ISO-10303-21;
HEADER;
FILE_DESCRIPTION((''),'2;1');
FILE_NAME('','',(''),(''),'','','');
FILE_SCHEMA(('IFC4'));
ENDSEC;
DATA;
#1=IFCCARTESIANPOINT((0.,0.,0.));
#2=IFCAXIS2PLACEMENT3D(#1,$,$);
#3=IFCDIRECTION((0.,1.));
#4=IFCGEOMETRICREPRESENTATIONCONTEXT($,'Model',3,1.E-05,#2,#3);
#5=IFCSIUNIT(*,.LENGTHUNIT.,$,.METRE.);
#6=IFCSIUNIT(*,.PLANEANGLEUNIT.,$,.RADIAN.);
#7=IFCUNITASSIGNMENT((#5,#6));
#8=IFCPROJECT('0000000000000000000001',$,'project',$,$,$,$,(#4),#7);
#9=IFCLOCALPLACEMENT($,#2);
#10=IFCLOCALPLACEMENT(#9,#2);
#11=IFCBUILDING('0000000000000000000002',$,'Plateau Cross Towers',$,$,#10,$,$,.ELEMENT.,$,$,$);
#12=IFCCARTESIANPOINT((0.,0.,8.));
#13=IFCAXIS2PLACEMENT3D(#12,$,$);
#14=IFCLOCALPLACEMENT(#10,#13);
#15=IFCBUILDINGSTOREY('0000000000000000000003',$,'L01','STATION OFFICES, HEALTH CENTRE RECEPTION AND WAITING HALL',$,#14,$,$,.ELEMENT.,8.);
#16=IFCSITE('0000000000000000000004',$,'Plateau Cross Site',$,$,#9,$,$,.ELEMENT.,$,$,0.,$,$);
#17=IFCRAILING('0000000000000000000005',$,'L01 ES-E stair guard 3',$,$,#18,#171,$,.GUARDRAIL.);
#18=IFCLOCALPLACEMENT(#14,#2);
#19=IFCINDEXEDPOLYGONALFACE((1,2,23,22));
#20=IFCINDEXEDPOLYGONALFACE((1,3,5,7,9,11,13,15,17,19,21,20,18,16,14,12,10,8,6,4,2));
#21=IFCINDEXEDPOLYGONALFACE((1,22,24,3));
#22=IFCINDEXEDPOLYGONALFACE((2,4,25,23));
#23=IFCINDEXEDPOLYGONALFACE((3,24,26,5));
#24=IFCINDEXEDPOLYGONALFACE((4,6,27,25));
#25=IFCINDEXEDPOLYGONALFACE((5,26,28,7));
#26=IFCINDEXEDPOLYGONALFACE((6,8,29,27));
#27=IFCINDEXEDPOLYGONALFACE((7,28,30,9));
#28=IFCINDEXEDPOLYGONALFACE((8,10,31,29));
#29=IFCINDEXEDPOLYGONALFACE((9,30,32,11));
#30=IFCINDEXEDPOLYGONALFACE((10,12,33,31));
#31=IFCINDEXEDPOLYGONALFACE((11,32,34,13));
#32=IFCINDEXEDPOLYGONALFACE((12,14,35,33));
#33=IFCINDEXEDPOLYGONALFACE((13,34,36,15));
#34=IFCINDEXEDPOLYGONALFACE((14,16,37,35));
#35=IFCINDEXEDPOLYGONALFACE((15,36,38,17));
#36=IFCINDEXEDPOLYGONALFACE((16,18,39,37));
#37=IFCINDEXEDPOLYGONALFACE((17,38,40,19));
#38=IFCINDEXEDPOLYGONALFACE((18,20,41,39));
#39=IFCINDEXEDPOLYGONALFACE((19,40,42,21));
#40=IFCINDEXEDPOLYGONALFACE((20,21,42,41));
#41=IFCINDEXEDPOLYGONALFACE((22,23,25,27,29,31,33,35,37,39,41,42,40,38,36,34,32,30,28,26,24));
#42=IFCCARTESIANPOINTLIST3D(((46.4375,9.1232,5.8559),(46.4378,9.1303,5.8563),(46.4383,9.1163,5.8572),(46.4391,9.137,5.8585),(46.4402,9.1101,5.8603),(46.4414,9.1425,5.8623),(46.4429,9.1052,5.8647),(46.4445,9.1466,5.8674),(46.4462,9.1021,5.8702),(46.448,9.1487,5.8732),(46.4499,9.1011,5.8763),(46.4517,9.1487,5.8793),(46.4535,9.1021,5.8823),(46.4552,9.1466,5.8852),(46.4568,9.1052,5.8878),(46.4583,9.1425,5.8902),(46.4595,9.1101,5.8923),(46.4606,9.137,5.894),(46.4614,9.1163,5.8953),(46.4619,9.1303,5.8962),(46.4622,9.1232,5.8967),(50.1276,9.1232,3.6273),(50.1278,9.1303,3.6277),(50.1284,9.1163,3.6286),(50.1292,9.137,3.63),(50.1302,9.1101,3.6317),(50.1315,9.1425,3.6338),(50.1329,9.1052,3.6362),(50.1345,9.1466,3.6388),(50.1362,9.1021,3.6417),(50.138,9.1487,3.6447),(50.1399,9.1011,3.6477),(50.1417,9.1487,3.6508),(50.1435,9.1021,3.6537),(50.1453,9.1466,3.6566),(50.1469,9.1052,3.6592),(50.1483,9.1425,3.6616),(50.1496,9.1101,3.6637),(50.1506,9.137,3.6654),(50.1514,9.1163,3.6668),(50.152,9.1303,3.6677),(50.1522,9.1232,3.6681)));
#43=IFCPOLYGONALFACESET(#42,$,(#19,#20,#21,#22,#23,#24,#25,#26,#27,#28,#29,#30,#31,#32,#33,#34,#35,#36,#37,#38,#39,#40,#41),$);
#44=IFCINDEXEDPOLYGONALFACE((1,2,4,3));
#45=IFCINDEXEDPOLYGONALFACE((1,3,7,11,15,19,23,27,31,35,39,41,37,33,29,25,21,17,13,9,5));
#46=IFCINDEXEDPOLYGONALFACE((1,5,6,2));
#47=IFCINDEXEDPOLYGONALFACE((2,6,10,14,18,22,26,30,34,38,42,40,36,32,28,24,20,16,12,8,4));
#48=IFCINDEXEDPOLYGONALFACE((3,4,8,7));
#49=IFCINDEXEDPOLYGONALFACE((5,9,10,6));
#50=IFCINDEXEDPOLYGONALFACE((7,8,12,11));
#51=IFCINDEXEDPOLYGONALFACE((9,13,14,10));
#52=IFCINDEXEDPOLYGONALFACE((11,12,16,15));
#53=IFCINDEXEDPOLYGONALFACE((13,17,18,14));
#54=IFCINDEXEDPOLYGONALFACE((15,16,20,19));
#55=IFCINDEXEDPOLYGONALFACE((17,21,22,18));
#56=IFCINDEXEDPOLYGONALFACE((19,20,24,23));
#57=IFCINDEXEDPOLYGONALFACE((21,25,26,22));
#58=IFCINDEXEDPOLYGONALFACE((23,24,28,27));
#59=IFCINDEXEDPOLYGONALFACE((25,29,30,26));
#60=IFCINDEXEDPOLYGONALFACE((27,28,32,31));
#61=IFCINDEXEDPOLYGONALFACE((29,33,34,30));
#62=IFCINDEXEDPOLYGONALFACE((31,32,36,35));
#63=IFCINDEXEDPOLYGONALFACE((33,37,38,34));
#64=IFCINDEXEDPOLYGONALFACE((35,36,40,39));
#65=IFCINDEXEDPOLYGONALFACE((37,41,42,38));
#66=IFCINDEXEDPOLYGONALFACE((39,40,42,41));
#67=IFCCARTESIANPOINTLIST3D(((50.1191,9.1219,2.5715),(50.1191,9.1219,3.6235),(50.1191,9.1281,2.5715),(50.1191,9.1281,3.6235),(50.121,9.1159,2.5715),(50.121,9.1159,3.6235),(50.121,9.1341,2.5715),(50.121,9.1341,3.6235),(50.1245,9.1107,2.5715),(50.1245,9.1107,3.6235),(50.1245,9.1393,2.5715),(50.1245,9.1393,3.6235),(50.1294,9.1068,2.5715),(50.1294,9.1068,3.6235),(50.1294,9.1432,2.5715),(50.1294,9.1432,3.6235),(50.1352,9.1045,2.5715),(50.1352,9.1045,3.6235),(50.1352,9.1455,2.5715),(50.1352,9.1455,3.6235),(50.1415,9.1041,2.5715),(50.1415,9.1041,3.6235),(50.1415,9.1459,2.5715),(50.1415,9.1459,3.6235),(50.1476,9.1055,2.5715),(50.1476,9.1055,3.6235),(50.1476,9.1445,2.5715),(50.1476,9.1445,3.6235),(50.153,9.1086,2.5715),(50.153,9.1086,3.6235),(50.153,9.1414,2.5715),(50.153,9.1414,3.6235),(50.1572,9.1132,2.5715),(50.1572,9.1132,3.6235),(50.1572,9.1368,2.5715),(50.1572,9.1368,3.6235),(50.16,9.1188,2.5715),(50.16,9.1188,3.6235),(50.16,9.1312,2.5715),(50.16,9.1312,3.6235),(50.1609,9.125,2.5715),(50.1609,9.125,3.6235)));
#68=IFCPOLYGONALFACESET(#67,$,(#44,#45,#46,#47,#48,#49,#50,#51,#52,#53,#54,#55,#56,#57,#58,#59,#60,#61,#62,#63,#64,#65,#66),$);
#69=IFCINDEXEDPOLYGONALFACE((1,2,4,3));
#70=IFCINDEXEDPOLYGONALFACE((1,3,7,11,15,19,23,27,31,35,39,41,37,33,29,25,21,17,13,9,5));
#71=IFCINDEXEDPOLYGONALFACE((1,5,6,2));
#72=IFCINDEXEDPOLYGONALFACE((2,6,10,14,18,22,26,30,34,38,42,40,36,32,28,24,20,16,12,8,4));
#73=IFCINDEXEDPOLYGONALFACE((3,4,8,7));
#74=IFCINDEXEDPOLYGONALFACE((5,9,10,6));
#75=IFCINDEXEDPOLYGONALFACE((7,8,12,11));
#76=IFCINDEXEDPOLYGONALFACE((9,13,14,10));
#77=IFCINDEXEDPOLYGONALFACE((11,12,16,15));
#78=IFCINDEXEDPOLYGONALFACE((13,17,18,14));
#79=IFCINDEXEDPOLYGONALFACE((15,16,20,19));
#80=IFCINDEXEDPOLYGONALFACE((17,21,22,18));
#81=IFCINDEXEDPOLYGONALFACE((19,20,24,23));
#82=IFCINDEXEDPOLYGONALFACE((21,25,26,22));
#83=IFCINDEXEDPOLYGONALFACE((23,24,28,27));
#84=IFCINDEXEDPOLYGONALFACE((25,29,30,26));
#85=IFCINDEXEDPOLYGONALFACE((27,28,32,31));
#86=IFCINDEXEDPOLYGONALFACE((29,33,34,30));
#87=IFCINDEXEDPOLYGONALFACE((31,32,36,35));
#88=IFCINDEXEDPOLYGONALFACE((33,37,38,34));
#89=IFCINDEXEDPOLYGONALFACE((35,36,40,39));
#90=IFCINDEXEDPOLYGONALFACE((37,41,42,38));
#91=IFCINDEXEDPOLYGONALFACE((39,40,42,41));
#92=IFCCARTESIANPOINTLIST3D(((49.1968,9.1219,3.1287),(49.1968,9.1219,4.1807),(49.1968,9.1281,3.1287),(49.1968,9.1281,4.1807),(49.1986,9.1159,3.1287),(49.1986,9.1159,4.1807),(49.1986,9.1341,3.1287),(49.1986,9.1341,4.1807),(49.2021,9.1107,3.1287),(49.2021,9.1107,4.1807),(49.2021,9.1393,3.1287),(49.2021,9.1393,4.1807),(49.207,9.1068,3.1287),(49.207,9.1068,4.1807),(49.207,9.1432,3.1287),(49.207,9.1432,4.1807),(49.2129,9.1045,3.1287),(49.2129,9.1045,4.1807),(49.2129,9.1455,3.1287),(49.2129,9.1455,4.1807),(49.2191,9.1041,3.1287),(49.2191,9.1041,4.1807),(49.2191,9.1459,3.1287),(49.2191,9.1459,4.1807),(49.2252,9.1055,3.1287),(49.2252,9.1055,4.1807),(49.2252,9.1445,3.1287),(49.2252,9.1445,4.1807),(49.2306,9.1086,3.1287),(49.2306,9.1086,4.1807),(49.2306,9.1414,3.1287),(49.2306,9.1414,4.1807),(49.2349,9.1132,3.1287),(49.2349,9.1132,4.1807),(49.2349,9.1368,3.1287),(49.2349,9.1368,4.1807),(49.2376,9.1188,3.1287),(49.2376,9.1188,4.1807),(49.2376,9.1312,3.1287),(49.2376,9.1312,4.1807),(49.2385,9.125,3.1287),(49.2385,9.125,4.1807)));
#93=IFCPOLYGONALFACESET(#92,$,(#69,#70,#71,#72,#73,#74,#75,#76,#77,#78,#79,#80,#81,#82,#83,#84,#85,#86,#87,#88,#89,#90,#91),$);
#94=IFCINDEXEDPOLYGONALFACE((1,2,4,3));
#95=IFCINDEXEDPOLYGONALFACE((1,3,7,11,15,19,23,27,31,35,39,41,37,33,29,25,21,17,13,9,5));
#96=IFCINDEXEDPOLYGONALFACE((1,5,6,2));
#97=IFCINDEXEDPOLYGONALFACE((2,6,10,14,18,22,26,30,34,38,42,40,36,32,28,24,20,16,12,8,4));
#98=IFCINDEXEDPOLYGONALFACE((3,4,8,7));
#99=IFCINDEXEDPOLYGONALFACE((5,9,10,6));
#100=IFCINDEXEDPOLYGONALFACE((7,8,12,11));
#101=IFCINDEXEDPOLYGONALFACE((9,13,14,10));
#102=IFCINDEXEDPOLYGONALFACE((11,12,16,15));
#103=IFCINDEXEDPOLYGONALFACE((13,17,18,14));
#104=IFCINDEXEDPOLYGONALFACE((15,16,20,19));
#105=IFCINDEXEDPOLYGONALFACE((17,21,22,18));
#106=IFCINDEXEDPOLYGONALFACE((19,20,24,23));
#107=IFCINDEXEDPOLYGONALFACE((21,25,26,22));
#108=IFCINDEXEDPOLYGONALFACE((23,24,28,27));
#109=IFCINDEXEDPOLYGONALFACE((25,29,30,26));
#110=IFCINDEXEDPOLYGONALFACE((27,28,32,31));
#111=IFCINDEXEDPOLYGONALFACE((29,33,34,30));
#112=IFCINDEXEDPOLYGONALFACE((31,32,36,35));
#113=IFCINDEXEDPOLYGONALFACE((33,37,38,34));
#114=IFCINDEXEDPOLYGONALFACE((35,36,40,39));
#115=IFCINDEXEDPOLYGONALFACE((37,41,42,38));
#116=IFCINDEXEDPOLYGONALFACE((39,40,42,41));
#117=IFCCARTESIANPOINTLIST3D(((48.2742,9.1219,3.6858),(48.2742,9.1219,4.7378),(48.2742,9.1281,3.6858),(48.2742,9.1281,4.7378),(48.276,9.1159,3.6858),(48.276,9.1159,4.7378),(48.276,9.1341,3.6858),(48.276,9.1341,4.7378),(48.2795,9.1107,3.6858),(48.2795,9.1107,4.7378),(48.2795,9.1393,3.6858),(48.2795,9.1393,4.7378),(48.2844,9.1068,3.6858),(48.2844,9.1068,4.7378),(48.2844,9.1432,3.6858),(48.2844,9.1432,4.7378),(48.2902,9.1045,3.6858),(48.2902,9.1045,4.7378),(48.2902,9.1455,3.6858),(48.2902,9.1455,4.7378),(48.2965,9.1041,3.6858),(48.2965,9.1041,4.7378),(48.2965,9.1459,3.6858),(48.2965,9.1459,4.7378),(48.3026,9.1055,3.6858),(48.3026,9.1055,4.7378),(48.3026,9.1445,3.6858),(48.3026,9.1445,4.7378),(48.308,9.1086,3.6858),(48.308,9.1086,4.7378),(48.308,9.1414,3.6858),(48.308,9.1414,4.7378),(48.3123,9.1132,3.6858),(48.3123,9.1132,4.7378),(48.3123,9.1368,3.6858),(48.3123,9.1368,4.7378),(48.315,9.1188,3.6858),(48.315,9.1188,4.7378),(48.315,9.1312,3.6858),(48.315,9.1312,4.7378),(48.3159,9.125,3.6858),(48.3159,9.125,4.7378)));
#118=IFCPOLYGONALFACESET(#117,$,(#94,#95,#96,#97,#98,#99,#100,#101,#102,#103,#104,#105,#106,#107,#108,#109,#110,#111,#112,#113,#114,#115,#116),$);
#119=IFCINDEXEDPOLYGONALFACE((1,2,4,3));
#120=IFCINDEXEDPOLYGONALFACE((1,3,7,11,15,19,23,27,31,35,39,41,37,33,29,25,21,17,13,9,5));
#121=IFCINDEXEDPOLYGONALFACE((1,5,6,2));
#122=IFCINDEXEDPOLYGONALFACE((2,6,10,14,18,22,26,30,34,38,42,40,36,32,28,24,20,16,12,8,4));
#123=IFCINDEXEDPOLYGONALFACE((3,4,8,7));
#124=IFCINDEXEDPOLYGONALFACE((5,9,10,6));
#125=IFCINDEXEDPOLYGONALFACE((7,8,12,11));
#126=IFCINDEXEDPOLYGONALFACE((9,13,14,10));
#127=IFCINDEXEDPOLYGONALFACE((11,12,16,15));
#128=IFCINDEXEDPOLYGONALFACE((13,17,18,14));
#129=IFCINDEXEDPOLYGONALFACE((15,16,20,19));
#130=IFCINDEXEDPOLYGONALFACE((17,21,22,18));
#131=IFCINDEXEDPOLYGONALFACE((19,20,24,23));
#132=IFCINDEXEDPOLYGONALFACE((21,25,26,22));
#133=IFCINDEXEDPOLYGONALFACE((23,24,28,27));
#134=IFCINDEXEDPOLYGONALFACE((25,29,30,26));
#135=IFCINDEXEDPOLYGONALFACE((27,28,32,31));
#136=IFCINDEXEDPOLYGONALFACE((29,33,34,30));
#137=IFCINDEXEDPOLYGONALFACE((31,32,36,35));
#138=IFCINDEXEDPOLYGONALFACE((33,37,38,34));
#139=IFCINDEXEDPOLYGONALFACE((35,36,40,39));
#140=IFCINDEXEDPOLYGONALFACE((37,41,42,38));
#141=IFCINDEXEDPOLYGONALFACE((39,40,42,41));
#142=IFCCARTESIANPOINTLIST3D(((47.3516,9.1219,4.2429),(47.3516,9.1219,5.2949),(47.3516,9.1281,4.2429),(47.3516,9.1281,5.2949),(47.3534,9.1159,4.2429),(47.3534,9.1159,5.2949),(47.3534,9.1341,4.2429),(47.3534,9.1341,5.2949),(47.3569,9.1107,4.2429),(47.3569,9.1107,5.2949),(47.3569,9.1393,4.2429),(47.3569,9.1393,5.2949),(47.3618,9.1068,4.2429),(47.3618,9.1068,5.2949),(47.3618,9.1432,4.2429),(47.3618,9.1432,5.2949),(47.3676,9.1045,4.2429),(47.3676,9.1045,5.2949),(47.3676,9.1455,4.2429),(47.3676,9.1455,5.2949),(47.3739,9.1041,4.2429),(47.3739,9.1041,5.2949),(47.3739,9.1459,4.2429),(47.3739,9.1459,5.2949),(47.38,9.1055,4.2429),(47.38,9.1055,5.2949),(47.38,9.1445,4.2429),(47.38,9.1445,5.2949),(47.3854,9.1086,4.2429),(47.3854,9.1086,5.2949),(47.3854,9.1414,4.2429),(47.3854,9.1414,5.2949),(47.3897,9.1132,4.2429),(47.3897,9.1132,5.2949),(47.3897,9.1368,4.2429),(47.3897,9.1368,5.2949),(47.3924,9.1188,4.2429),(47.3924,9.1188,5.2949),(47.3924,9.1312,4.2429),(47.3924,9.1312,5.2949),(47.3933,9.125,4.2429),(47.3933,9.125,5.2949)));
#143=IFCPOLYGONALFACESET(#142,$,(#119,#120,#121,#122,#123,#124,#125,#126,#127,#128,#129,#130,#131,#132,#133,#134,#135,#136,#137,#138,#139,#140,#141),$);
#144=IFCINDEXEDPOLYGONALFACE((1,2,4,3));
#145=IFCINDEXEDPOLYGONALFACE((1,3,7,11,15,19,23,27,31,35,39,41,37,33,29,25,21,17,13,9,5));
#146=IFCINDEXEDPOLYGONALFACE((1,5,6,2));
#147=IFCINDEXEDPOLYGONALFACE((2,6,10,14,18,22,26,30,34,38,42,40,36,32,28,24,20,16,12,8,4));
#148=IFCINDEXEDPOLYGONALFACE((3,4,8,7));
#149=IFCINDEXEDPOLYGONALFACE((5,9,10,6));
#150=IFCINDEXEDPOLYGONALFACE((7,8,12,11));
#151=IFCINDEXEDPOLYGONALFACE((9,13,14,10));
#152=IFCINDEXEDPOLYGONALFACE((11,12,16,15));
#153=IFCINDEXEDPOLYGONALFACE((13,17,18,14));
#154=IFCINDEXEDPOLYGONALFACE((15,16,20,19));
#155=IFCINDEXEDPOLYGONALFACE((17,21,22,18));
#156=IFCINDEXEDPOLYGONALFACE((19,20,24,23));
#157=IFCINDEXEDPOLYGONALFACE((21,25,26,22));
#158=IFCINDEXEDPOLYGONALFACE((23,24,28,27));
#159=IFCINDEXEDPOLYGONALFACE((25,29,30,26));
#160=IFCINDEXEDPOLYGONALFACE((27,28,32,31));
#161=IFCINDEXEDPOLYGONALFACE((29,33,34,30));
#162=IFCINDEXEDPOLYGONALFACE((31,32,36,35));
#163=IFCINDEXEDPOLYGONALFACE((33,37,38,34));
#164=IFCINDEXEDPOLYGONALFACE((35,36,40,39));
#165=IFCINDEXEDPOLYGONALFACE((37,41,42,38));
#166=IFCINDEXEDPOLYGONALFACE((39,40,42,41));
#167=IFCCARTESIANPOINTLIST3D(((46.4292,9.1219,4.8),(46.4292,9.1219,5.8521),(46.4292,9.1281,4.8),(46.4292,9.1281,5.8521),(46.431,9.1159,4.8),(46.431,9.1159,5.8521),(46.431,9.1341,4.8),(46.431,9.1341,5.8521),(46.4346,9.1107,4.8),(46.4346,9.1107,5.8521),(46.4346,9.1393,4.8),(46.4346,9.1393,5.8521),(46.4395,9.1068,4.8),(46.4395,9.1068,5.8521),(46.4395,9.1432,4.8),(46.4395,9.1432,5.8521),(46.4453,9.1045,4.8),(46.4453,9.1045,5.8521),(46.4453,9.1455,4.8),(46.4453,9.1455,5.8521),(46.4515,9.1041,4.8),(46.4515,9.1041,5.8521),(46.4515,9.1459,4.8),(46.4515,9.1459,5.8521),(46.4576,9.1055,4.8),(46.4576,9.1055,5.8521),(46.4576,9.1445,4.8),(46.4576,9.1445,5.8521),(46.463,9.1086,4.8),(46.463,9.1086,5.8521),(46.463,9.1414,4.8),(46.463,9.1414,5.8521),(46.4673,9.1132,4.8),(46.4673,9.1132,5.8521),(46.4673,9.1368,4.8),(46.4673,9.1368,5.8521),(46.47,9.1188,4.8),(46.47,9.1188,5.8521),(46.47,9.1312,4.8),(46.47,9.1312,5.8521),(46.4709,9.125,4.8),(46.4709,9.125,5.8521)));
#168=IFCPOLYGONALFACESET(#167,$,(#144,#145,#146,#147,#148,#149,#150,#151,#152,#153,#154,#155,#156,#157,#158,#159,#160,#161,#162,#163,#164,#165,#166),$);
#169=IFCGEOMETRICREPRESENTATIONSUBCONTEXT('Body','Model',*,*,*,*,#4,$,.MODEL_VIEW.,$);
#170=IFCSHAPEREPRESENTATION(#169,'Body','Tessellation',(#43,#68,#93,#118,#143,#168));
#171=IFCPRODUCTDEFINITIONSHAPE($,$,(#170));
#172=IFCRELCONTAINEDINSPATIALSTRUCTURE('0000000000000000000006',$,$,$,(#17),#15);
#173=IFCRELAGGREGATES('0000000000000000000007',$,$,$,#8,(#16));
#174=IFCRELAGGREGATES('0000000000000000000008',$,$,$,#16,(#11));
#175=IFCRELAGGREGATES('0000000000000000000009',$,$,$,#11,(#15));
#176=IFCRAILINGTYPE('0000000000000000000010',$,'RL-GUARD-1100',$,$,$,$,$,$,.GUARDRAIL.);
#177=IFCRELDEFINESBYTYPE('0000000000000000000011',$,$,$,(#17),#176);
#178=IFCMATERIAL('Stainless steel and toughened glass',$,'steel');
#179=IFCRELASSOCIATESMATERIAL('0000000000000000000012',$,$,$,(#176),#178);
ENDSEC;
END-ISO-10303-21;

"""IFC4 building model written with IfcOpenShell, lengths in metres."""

from ifc_helpers import new_model, si_unit, direction, frame, origin, origin_2d, place, context, subcontext, project, spatial, circle, extrude, material, type_object, element, save


model = new_model("IFC4")

# Units and contexts
model_context = context("Model", 3, precision=1e-05, world=origin(), true_north=direction((0.0, 1.0)))
body_context = subcontext(model_context, "Body", "Model", "MODEL_VIEW")
ifc_project = project(units=[si_unit("LENGTHUNIT", "METRE"), si_unit("PLANEANGLEUNIT", "RADIAN")], contexts=[model_context])

# Site, building, storey
site_placement = place(None, origin())
site = spatial("IfcSite", under=ifc_project, at=site_placement, Name="Plateau Cross Site", CompositionType="ELEMENT", RefElevation=0.0)
building_placement = place(site_placement, origin())
building = spatial("IfcBuilding", under=site, at=building_placement, Name="Plateau Cross Towers", CompositionType="ELEMENT")
storey_placement = place(building_placement, frame((0.0, 0.0, 8.0)))
storey = spatial("IfcBuildingStorey", under=building, at=storey_placement, Name="L01", Description="STATION OFFICES, HEALTH CENTRE RECEPTION AND WAITING HALL", CompositionType="ELEMENT", Elevation=8.0)

# Railing
ifc_material_1 = material(Name="Stainless steel and toughened glass", Category="steel")
railing_type_1 = type_object("IfcRailingType", Name="RL-GUARD-1100", PredefinedType="GUARDRAIL", material=ifc_material_1)
railing_1_placement = place(storey_placement, frame((50.1399, 9.125, 2.5715)))
element("IfcRailing", 1, at=railing_1_placement, inside=storey, type_object=railing_type_1, Name="L01 ES-E stair guard 3", PredefinedType="GUARDRAIL", context=body_context, shape_type="SweptSolid", body=[
    extrude(circle(Radius=0.0239, at=origin_2d()), frame((0.0, 0.0, 1.0762), z_axis=(-0.856, 0.0, 0.516976), x_axis=(0.0, -1.0, 0.0)), (0.0, 0.0, 1.0), 4.3108),
    extrude(circle(Radius=0.021, at=origin_2d()), origin(), (0.0, 0.0, 1.0), 1.052),
    extrude(circle(Radius=0.021, at=origin_2d()), frame((-0.9224, 0.0, 0.5571)), (0.0, 0.0, 1.0), 1.052),
    extrude(circle(Radius=0.021, at=origin_2d()), frame((-1.845, 0.0, 1.1143)), (0.0, 0.0, 1.0), 1.052),
    extrude(circle(Radius=0.021, at=origin_2d()), frame((-2.7676, 0.0, 1.6714)), (0.0, 0.0, 1.0), 1.052),
    extrude(circle(Radius=0.021, at=origin_2d()), frame((-3.6899, 0.0, 2.2285)), (0.0, 0.0, 1.0), 1.052),
])

save(model, "model.ifc")
